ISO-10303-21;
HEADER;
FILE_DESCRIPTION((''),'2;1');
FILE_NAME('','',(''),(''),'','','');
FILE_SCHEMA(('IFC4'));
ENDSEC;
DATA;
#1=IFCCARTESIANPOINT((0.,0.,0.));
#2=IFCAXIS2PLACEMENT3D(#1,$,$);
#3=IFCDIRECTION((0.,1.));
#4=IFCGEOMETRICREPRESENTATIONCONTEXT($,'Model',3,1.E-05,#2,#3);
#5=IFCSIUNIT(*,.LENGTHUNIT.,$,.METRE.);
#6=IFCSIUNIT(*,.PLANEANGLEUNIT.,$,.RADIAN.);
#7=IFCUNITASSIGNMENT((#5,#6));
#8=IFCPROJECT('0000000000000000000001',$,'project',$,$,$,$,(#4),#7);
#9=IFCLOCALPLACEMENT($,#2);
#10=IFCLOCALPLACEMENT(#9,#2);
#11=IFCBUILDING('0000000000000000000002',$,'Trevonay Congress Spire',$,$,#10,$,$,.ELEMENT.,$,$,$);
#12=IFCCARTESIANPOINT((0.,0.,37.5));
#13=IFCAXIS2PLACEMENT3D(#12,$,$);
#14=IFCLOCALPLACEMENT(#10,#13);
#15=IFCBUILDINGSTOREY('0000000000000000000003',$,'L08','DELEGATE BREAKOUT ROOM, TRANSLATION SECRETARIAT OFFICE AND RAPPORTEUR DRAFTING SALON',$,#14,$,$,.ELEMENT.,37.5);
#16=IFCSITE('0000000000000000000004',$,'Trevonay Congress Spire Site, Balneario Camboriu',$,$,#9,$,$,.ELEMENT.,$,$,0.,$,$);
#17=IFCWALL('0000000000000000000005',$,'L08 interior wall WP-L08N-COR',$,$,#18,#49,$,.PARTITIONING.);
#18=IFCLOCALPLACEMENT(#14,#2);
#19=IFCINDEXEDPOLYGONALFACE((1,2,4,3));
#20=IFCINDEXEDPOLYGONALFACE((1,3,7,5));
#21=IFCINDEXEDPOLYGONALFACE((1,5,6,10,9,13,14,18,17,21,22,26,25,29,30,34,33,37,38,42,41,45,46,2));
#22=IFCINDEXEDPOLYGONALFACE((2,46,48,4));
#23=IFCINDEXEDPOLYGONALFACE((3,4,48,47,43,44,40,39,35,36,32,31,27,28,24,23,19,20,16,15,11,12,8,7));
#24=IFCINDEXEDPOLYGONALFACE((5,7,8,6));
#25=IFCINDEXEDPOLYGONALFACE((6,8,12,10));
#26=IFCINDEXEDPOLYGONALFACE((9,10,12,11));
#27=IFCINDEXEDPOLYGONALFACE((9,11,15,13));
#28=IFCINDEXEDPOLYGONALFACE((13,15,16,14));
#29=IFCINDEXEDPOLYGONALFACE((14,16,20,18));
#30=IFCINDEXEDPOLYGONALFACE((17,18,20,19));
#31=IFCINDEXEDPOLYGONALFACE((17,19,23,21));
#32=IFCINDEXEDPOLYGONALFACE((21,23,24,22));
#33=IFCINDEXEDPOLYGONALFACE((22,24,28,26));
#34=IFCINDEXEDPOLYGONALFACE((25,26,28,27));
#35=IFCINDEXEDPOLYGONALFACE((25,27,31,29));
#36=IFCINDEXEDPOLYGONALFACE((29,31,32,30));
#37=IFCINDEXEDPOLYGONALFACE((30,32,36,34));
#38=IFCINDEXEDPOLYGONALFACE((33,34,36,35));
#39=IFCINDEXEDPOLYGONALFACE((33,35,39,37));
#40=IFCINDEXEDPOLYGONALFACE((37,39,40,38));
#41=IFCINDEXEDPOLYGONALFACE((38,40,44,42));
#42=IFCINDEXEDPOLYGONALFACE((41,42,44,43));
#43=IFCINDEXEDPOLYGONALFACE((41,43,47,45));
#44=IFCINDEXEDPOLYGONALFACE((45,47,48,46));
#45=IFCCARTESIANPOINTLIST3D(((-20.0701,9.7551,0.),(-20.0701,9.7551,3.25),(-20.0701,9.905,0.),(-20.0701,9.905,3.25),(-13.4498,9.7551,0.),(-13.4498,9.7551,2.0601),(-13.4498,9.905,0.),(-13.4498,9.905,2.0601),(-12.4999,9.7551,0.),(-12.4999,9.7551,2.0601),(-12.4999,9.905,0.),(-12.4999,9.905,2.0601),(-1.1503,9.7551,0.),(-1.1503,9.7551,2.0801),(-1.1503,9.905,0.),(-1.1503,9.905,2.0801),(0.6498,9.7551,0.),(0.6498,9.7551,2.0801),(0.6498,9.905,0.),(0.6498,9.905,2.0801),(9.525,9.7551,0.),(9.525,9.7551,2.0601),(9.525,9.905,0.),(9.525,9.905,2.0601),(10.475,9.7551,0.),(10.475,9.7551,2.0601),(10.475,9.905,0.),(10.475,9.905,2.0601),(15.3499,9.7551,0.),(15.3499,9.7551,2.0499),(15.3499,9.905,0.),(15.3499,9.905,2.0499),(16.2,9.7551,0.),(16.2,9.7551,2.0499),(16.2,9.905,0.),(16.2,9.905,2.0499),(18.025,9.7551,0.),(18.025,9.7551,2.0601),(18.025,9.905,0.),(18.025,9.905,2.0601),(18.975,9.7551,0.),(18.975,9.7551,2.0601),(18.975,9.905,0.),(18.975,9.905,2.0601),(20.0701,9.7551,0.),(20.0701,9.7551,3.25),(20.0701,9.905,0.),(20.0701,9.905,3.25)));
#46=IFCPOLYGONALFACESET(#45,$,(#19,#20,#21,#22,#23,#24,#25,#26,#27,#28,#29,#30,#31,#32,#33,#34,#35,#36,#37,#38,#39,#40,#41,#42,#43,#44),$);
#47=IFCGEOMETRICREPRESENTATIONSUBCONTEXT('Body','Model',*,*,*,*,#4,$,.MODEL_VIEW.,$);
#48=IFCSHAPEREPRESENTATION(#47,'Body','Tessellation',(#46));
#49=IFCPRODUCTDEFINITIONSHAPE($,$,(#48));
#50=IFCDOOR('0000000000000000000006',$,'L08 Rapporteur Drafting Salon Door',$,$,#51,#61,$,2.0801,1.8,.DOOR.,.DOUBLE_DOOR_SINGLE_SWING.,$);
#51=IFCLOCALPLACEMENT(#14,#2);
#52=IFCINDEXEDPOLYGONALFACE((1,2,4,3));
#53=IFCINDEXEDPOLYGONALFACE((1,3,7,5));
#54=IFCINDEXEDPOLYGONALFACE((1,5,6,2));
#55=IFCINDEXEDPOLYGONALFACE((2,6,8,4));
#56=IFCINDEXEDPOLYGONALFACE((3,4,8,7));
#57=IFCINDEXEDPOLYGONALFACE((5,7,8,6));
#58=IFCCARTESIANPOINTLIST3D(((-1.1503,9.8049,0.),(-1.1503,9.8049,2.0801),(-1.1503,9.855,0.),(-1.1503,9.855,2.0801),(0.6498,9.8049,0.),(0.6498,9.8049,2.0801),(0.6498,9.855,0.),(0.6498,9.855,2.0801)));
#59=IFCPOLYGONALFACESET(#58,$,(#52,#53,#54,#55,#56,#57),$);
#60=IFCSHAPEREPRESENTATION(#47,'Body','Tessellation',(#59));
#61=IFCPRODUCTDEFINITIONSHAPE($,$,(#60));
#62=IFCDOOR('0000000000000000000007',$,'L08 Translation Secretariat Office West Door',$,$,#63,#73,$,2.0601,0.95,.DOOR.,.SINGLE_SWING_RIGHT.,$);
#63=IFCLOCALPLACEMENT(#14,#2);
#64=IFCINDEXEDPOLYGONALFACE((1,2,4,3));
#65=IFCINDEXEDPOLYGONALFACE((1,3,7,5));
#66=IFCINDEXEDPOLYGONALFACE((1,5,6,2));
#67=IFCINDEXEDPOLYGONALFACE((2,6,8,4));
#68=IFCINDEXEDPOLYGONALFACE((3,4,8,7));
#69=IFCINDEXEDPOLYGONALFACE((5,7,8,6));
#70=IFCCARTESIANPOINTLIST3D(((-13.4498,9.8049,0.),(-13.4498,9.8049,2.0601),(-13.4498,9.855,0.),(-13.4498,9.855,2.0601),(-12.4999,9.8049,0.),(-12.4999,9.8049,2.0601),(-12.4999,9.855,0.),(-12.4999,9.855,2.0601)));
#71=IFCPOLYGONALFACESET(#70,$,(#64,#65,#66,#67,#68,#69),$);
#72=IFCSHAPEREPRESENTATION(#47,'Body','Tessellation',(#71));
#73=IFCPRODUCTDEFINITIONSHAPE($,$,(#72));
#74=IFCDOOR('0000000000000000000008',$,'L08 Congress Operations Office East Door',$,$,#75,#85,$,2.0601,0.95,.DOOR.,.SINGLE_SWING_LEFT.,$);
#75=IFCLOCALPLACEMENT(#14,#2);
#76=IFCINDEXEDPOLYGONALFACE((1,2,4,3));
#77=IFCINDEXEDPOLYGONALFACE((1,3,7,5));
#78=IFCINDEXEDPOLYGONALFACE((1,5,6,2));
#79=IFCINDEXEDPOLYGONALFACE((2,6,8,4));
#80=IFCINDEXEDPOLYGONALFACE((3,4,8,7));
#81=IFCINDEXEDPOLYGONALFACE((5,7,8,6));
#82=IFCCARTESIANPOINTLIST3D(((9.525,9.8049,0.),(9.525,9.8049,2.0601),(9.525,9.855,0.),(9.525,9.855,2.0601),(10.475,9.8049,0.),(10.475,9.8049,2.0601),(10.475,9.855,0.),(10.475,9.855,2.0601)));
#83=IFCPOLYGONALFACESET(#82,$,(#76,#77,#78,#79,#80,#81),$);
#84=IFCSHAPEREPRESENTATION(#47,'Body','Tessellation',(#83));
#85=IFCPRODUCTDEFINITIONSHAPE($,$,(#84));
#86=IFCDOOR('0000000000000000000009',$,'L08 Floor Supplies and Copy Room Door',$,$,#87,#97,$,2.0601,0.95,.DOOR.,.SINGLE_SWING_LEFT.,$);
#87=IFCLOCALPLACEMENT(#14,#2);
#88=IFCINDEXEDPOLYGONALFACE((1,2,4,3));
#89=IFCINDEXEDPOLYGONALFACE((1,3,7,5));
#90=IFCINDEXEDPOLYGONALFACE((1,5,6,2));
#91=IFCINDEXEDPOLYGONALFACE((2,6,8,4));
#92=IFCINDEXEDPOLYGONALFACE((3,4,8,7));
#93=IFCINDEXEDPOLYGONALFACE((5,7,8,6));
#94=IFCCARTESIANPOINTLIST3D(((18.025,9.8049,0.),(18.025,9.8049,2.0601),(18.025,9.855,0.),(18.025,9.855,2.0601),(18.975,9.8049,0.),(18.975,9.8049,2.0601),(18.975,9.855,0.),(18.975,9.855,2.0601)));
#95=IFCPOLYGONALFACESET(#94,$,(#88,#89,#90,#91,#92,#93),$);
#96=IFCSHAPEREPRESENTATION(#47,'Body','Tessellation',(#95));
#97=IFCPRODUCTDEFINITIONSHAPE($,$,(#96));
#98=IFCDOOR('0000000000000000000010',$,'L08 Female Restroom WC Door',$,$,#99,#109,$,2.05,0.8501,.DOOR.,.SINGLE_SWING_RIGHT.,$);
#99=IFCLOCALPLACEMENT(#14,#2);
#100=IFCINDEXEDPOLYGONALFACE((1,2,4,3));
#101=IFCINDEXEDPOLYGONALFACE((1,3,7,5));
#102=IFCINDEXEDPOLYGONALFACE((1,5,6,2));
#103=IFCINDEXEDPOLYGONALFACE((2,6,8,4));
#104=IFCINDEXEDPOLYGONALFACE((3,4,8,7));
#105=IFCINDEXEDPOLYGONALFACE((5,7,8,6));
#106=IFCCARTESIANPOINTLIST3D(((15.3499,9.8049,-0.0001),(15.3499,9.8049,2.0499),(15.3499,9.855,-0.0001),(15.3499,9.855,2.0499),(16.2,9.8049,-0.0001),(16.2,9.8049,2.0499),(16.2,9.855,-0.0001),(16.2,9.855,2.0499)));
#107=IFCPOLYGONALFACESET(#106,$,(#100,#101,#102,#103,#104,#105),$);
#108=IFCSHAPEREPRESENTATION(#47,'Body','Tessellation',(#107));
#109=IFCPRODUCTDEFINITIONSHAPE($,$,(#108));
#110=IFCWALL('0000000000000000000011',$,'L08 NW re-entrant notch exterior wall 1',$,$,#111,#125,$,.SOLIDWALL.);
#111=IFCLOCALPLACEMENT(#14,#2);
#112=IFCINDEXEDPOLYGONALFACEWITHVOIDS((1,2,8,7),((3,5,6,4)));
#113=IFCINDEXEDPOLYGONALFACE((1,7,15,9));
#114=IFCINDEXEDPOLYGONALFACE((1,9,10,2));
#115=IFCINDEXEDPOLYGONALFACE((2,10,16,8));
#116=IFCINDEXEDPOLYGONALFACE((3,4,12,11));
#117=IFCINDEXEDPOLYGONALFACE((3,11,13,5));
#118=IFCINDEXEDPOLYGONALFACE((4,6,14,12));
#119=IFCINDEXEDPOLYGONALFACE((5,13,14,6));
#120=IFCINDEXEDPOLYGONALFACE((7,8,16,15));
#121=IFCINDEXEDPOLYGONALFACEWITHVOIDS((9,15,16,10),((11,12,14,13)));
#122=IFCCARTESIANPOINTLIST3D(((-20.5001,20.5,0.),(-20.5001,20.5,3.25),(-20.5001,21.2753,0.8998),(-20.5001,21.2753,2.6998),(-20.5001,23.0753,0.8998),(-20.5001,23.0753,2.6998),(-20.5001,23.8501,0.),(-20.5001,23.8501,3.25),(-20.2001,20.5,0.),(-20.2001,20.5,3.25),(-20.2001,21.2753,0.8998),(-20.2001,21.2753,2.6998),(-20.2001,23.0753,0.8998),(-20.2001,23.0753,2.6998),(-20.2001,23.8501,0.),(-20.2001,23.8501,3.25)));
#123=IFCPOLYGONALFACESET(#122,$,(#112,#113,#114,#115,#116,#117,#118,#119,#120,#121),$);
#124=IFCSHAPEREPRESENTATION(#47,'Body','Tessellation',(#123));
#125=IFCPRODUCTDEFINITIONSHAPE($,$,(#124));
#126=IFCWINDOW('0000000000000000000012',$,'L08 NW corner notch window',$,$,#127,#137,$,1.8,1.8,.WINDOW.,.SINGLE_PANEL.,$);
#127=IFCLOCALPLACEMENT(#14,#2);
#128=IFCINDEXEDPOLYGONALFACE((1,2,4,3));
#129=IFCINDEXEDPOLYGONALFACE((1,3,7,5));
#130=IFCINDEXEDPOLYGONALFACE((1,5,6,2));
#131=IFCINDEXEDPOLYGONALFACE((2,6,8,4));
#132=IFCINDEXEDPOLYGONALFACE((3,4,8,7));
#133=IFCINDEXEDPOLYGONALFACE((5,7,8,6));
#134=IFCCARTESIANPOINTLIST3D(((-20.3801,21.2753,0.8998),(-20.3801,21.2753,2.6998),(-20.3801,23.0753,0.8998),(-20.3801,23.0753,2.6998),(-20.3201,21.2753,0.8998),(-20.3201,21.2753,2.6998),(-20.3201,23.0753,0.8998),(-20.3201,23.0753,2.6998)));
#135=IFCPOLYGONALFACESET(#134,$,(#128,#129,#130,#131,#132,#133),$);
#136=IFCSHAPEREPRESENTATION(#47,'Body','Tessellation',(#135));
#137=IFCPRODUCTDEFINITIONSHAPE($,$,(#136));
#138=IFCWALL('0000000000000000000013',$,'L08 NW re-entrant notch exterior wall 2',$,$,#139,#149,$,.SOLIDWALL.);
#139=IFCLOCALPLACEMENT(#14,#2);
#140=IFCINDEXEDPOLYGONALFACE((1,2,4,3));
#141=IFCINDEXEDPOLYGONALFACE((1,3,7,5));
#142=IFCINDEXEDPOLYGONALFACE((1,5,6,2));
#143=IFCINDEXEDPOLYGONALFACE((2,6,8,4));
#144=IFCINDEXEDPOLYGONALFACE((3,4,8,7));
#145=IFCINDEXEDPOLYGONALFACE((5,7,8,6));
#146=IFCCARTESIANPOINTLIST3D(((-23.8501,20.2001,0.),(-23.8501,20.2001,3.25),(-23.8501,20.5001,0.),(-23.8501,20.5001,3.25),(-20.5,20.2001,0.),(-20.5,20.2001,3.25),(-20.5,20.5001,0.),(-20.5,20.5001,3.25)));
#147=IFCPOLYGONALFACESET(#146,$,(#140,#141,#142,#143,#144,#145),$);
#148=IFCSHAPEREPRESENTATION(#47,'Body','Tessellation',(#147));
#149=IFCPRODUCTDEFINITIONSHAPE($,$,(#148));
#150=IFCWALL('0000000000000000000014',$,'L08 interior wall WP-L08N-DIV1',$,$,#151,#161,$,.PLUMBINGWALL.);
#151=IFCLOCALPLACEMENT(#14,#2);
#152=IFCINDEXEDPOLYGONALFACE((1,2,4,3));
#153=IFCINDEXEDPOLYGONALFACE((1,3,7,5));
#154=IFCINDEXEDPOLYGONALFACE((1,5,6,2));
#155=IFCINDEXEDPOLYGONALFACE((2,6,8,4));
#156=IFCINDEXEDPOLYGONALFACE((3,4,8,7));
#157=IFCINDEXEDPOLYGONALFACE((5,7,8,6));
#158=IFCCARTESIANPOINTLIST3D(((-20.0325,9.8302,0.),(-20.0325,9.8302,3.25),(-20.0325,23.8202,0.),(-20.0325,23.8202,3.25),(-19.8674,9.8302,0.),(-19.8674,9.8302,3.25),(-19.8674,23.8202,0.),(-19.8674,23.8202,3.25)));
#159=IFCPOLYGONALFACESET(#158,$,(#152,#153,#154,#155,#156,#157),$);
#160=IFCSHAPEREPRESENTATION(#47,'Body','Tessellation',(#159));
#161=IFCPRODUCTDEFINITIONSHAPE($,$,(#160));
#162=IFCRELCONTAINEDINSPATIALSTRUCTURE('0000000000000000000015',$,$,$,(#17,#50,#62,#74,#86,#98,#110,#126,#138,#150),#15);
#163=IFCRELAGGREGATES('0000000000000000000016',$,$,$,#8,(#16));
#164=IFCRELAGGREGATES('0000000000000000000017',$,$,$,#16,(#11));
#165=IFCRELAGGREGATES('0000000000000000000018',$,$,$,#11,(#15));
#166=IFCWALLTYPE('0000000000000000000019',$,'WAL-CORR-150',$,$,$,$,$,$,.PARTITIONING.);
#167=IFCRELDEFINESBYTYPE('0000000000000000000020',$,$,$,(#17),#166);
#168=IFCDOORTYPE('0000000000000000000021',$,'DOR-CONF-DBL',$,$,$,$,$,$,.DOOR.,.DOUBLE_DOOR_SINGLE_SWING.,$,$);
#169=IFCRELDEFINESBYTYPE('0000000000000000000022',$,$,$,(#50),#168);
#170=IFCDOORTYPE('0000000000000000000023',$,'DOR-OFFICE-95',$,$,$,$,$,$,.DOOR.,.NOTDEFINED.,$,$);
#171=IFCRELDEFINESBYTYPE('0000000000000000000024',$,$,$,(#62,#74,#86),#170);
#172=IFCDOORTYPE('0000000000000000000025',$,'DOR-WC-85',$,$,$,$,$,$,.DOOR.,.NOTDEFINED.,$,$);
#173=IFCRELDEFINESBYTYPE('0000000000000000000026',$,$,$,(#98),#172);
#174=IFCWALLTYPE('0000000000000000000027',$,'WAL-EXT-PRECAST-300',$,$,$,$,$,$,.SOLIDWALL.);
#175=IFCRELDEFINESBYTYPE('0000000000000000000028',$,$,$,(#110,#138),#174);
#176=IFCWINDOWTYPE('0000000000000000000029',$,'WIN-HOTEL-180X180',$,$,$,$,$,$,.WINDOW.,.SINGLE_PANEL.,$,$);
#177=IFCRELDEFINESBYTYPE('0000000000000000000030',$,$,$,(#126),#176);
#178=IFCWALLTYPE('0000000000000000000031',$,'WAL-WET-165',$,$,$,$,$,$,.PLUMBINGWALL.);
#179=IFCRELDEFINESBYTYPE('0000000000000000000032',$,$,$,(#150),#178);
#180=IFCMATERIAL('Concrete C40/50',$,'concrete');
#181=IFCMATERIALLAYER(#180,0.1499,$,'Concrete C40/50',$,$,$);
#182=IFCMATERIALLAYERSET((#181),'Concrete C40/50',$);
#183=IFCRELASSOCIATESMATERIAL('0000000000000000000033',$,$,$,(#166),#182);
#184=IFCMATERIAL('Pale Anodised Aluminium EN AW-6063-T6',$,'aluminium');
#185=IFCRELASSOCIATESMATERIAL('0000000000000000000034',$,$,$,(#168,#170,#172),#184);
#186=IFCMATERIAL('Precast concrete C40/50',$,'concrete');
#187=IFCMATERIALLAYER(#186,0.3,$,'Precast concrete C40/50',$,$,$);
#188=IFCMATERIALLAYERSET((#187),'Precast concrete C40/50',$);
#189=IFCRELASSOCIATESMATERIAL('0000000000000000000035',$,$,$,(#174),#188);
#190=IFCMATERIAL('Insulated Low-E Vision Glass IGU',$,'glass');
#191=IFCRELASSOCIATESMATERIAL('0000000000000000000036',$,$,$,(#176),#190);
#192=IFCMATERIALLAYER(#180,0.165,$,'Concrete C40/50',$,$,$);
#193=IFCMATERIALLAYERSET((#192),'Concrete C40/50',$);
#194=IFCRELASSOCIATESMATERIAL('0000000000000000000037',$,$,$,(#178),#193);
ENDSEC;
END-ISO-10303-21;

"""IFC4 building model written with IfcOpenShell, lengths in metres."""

from ifc_helpers import new_model, si_unit, direction, frame, frame_2d, origin, place, context, subcontext, project, spatial, rectangle, extrude, material, layer, layer_set, type_object, element, fill, save


model = new_model("IFC4")

# Units and contexts
model_context = context("Model", 3, precision=1e-05, world=origin(), true_north=direction((0.0, 1.0)))
body_context = subcontext(model_context, "Body", "Model", "MODEL_VIEW")
ifc_project = project(units=[si_unit("LENGTHUNIT", "METRE"), si_unit("PLANEANGLEUNIT", "RADIAN")], contexts=[model_context])

# Site, building, storey
site_placement = place(None, origin())
site = spatial("IfcSite", under=ifc_project, at=site_placement, Name="Trevonay Congress Spire Site, Balneario Camboriu", CompositionType="ELEMENT", RefElevation=0.0)
building_placement = place(site_placement, origin())
building = spatial("IfcBuilding", under=site, at=building_placement, Name="Trevonay Congress Spire", CompositionType="ELEMENT")
storey_placement = place(building_placement, frame((0.0, 0.0, 37.5)))
storey = spatial("IfcBuildingStorey", under=building, at=storey_placement, Name="L08", Description="DELEGATE BREAKOUT ROOM, TRANSLATION SECRETARIAT OFFICE AND RAPPORTEUR DRAFTING SALON", CompositionType="ELEMENT", Elevation=37.5)

# Shared definitions
ifc_material_1 = material(Name="Pale Anodised Aluminium EN AW-6063-T6", Category="aluminium")

# Shared definitions
ifc_material_2 = material(Name="Insulated Low-E Vision Glass IGU", Category="glass")

# Wall, openings, doors
ifc_material_3 = material(Name="Concrete C40/50", Category="concrete")
ifc_layer_1 = layer(ifc_material_3, 0.1499, Name="Concrete C40/50")
ifc_layer_set_1 = layer_set([ifc_layer_1], Name="Concrete C40/50")
wall_type_1 = type_object("IfcWallType", Name="WAL-CORR-150", PredefinedType="PARTITIONING", material=ifc_layer_set_1)
wall_1_placement = place(storey_placement, frame((-20.0701, 9.8301, 0.0), z_axis=(0.0, 0.0, 1.0), x_axis=(1.0, 0.0, 0.0)))
wall_1 = element("IfcWall", 1, at=wall_1_placement, inside=storey, type_object=wall_type_1, Name="L08 interior wall WP-L08N-COR", PredefinedType="PARTITIONING", context=body_context, shape_type="SweptSolid", body=[
    extrude(rectangle(XDim=40.1401, YDim=0.1499, at=frame_2d((20.0701, 0.0))), origin(), (0.0, 0.0, 1.0), 3.25),
])
opening_1_placement = place(wall_1_placement, frame((6.6201, 0.0, 0.0)))
opening_1 = element("IfcOpeningElement", 2, at=opening_1_placement, cuts=wall_1, PredefinedType="OPENING", context=body_context, shape_type="SweptSolid", body=[
    extrude(rectangle(XDim=0.95, YDim=2.0601, at=frame_2d((0.4751, 1.03))), frame((0.0, 0.085, 0.0), z_axis=(0.0, -1.0, 0.0), x_axis=(1.0, 0.0, 0.0)), (0.0, 0.0, 1.0), 0.1699),
])
opening_2_placement = place(wall_1_placement, frame((18.9199, 0.0, 0.0)))
opening_2 = element("IfcOpeningElement", 3, at=opening_2_placement, cuts=wall_1, PredefinedType="OPENING", context=body_context, shape_type="SweptSolid", body=[
    extrude(rectangle(XDim=1.8, YDim=2.0801, at=frame_2d((0.8999, 1.04))), frame((0.0, 0.085, 0.0), z_axis=(0.0, -1.0, 0.0), x_axis=(1.0, 0.0, 0.0)), (0.0, 0.0, 1.0), 0.1699),
])
opening_3_placement = place(wall_1_placement, frame((29.595, 0.0, 0.0)))
opening_3 = element("IfcOpeningElement", 4, at=opening_3_placement, cuts=wall_1, PredefinedType="OPENING", context=body_context, shape_type="SweptSolid", body=[
    extrude(rectangle(XDim=0.95, YDim=2.0601, at=frame_2d((0.4751, 1.03))), frame((0.0, 0.085, 0.0), z_axis=(0.0, -1.0, 0.0), x_axis=(1.0, 0.0, 0.0)), (0.0, 0.0, 1.0), 0.1699),
])
opening_4_placement = place(wall_1_placement, frame((35.4199, 0.0, 0.0)))
opening_4 = element("IfcOpeningElement", 5, at=opening_4_placement, cuts=wall_1, PredefinedType="OPENING", context=body_context, shape_type="SweptSolid", body=[
    extrude(rectangle(XDim=0.8501, YDim=2.05, at=frame_2d((0.425, 1.0249))), frame((0.0, 0.085, 0.0), z_axis=(0.0, -1.0, 0.0), x_axis=(1.0, 0.0, 0.0)), (0.0, 0.0, 1.0), 0.1699),
])
opening_5_placement = place(wall_1_placement, frame((38.095, 0.0, 0.0)))
opening_5 = element("IfcOpeningElement", 6, at=opening_5_placement, cuts=wall_1, PredefinedType="OPENING", context=body_context, shape_type="SweptSolid", body=[
    extrude(rectangle(XDim=0.95, YDim=2.0601, at=frame_2d((0.4751, 1.03))), frame((0.0, 0.085, 0.0), z_axis=(0.0, -1.0, 0.0), x_axis=(1.0, 0.0, 0.0)), (0.0, 0.0, 1.0), 0.1699),
])
door_type_1 = type_object("IfcDoorType", Name="DOR-CONF-DBL", OperationType="DOUBLE_DOOR_SINGLE_SWING", PredefinedType="DOOR", material=ifc_material_1)
door_1_placement = place(opening_2_placement, origin())
door_1 = element("IfcDoor", 7, at=door_1_placement, inside=storey, type_object=door_type_1, Name="L08 Rapporteur Drafting Salon Door", OperationType="DOUBLE_DOOR_SINGLE_SWING", OverallHeight=2.0801, OverallWidth=1.8, PredefinedType="DOOR", context=body_context, shape_type="SweptSolid", body=[
    extrude(rectangle(XDim=1.8, YDim=2.0801, at=frame_2d((0.8999, 1.04))), frame((0.0, 0.0249, 0.0), z_axis=(0.0, -1.0, 0.0), x_axis=(1.0, 0.0, 0.0)), (0.0, 0.0, 1.0), 0.05),
])
fill(opening_2, door_1)
door_type_2 = type_object("IfcDoorType", Name="DOR-OFFICE-95", OperationType="NOTDEFINED", PredefinedType="DOOR", material=ifc_material_1)
door_2_placement = place(opening_1_placement, origin())
door_2 = element("IfcDoor", 8, at=door_2_placement, inside=storey, type_object=door_type_2, Name="L08 Translation Secretariat Office West Door", OperationType="SINGLE_SWING_RIGHT", OverallHeight=2.0601, OverallWidth=0.95, PredefinedType="DOOR", context=body_context, shape_type="SweptSolid", body=[
    extrude(rectangle(XDim=0.95, YDim=2.0601, at=frame_2d((0.4751, 1.03))), frame((0.0, 0.0249, 0.0), z_axis=(0.0, -1.0, 0.0), x_axis=(1.0, 0.0, 0.0)), (0.0, 0.0, 1.0), 0.05),
])
fill(opening_1, door_2)
door_3_placement = place(opening_3_placement, origin())
door_3 = element("IfcDoor", 9, at=door_3_placement, inside=storey, type_object=door_type_2, Name="L08 Congress Operations Office East Door", OperationType="SINGLE_SWING_LEFT", OverallHeight=2.0601, OverallWidth=0.95, PredefinedType="DOOR", context=body_context, shape_type="SweptSolid", body=[
    extrude(rectangle(XDim=0.95, YDim=2.0601, at=frame_2d((0.4751, 1.03))), frame((0.0, 0.0249, 0.0), z_axis=(0.0, -1.0, 0.0), x_axis=(1.0, 0.0, 0.0)), (0.0, 0.0, 1.0), 0.05),
])
fill(opening_3, door_3)
door_4_placement = place(opening_5_placement, origin())
door_4 = element("IfcDoor", 10, at=door_4_placement, inside=storey, type_object=door_type_2, Name="L08 Floor Supplies and Copy Room Door", OperationType="SINGLE_SWING_LEFT", OverallHeight=2.0601, OverallWidth=0.95, PredefinedType="DOOR", context=body_context, shape_type="SweptSolid", body=[
    extrude(rectangle(XDim=0.95, YDim=2.0601, at=frame_2d((0.4751, 1.03))), frame((0.0, 0.0249, 0.0), z_axis=(0.0, -1.0, 0.0), x_axis=(1.0, 0.0, 0.0)), (0.0, 0.0, 1.0), 0.05),
])
fill(opening_5, door_4)
door_type_3 = type_object("IfcDoorType", Name="DOR-WC-85", OperationType="NOTDEFINED", PredefinedType="DOOR", material=ifc_material_1)
door_5_placement = place(opening_4_placement, origin())
door_5 = element("IfcDoor", 11, at=door_5_placement, inside=storey, type_object=door_type_3, Name="L08 Female Restroom WC Door", OperationType="SINGLE_SWING_RIGHT", OverallHeight=2.05, OverallWidth=0.8501, PredefinedType="DOOR", context=body_context, shape_type="SweptSolid", body=[
    extrude(rectangle(XDim=0.8501, YDim=2.05, at=frame_2d((0.425, 1.0249))), frame((0.0, 0.0249, 0.0), z_axis=(0.0, -1.0, 0.0), x_axis=(1.0, 0.0, 0.0)), (0.0, 0.0, 1.0), 0.05),
])
fill(opening_4, door_5)

# Wall, opening, window
ifc_material_4 = material(Name="Precast concrete C40/50", Category="concrete")
ifc_layer_2 = layer(ifc_material_4, 0.3, Name="Precast concrete C40/50")
ifc_layer_set_2 = layer_set([ifc_layer_2], Name="Precast concrete C40/50")
wall_type_2 = type_object("IfcWallType", Name="WAL-EXT-PRECAST-300", PredefinedType="SOLIDWALL", material=ifc_layer_set_2)
wall_2_placement = place(storey_placement, frame((-20.3501, 23.8501, 0.0), z_axis=(0.0, 0.0, 1.0), x_axis=(0.0, -1.0, 0.0)))
wall_2 = element("IfcWall", 12, at=wall_2_placement, inside=storey, type_object=wall_type_2, Name="L08 NW re-entrant notch exterior wall 1", PredefinedType="SOLIDWALL", context=body_context, shape_type="SweptSolid", body=[
    extrude(rectangle(XDim=3.3501, YDim=0.3, at=frame_2d((1.675, 0.0))), origin(), (0.0, 0.0, 1.0), 3.25),
])
opening_6_placement = place(wall_2_placement, frame((0.7749, 0.0, 0.8999)))
opening_6 = element("IfcOpeningElement", 13, at=opening_6_placement, cuts=wall_2, PredefinedType="OPENING", context=body_context, shape_type="SweptSolid", body=[
    extrude(rectangle(XDim=1.8, YDim=1.8, at=frame_2d((0.8999, 0.8999))), frame((0.0, 0.1602, 0.0), z_axis=(0.0, -1.0, 0.0), x_axis=(1.0, 0.0, 0.0)), (0.0, 0.0, 1.0), 0.3201),
])
window_type = type_object("IfcWindowType", Name="WIN-HOTEL-180X180", PartitioningType="SINGLE_PANEL", PredefinedType="WINDOW", material=ifc_material_2)
window_placement = place(opening_6_placement, origin())
window = element("IfcWindow", 14, at=window_placement, inside=storey, type_object=window_type, Name="L08 NW corner notch window", OverallHeight=1.8, OverallWidth=1.8, PartitioningType="SINGLE_PANEL", PredefinedType="WINDOW", context=body_context, shape_type="SweptSolid", body=[
    extrude(rectangle(XDim=1.8, YDim=1.8, at=frame_2d((0.8999, 0.8999))), frame((0.0, 0.03, 0.0), z_axis=(0.0, -1.0, 0.0), x_axis=(1.0, 0.0, 0.0)), (0.0, 0.0, 1.0), 0.0601),
])
fill(opening_6, window)

# Walls
wall_3_placement = place(storey_placement, frame((-23.8501, 20.3501, 0.0), z_axis=(0.0, 0.0, 1.0), x_axis=(1.0, 0.0, 0.0)))
element("IfcWall", 15, at=wall_3_placement, inside=storey, type_object=wall_type_2, Name="L08 NW re-entrant notch exterior wall 2", PredefinedType="SOLIDWALL", context=body_context, shape_type="SweptSolid", body=[
    extrude(rectangle(XDim=3.3501, YDim=0.3, at=frame_2d((1.675, 0.0))), origin(), (0.0, 0.0, 1.0), 3.25),
])
ifc_layer_3 = layer(ifc_material_3, 0.165, Name="Concrete C40/50")
ifc_layer_set_3 = layer_set([ifc_layer_3], Name="Concrete C40/50")
wall_type_3 = type_object("IfcWallType", Name="WAL-WET-165", PredefinedType="PLUMBINGWALL", material=ifc_layer_set_3)
wall_4_placement = place(storey_placement, frame((-19.95, 9.8301, 0.0), z_axis=(0.0, 0.0, 1.0), x_axis=(0.0, 1.0, 0.0)))
element("IfcWall", 16, at=wall_4_placement, inside=storey, type_object=wall_type_3, Name="L08 interior wall WP-L08N-DIV1", PredefinedType="PLUMBINGWALL", context=body_context, shape_type="SweptSolid", body=[
    extrude(rectangle(XDim=13.99, YDim=0.165, at=frame_2d((6.9951, 0.0))), origin(), (0.0, 0.0, 1.0), 3.25),
])

save(model, "model.ifc")
